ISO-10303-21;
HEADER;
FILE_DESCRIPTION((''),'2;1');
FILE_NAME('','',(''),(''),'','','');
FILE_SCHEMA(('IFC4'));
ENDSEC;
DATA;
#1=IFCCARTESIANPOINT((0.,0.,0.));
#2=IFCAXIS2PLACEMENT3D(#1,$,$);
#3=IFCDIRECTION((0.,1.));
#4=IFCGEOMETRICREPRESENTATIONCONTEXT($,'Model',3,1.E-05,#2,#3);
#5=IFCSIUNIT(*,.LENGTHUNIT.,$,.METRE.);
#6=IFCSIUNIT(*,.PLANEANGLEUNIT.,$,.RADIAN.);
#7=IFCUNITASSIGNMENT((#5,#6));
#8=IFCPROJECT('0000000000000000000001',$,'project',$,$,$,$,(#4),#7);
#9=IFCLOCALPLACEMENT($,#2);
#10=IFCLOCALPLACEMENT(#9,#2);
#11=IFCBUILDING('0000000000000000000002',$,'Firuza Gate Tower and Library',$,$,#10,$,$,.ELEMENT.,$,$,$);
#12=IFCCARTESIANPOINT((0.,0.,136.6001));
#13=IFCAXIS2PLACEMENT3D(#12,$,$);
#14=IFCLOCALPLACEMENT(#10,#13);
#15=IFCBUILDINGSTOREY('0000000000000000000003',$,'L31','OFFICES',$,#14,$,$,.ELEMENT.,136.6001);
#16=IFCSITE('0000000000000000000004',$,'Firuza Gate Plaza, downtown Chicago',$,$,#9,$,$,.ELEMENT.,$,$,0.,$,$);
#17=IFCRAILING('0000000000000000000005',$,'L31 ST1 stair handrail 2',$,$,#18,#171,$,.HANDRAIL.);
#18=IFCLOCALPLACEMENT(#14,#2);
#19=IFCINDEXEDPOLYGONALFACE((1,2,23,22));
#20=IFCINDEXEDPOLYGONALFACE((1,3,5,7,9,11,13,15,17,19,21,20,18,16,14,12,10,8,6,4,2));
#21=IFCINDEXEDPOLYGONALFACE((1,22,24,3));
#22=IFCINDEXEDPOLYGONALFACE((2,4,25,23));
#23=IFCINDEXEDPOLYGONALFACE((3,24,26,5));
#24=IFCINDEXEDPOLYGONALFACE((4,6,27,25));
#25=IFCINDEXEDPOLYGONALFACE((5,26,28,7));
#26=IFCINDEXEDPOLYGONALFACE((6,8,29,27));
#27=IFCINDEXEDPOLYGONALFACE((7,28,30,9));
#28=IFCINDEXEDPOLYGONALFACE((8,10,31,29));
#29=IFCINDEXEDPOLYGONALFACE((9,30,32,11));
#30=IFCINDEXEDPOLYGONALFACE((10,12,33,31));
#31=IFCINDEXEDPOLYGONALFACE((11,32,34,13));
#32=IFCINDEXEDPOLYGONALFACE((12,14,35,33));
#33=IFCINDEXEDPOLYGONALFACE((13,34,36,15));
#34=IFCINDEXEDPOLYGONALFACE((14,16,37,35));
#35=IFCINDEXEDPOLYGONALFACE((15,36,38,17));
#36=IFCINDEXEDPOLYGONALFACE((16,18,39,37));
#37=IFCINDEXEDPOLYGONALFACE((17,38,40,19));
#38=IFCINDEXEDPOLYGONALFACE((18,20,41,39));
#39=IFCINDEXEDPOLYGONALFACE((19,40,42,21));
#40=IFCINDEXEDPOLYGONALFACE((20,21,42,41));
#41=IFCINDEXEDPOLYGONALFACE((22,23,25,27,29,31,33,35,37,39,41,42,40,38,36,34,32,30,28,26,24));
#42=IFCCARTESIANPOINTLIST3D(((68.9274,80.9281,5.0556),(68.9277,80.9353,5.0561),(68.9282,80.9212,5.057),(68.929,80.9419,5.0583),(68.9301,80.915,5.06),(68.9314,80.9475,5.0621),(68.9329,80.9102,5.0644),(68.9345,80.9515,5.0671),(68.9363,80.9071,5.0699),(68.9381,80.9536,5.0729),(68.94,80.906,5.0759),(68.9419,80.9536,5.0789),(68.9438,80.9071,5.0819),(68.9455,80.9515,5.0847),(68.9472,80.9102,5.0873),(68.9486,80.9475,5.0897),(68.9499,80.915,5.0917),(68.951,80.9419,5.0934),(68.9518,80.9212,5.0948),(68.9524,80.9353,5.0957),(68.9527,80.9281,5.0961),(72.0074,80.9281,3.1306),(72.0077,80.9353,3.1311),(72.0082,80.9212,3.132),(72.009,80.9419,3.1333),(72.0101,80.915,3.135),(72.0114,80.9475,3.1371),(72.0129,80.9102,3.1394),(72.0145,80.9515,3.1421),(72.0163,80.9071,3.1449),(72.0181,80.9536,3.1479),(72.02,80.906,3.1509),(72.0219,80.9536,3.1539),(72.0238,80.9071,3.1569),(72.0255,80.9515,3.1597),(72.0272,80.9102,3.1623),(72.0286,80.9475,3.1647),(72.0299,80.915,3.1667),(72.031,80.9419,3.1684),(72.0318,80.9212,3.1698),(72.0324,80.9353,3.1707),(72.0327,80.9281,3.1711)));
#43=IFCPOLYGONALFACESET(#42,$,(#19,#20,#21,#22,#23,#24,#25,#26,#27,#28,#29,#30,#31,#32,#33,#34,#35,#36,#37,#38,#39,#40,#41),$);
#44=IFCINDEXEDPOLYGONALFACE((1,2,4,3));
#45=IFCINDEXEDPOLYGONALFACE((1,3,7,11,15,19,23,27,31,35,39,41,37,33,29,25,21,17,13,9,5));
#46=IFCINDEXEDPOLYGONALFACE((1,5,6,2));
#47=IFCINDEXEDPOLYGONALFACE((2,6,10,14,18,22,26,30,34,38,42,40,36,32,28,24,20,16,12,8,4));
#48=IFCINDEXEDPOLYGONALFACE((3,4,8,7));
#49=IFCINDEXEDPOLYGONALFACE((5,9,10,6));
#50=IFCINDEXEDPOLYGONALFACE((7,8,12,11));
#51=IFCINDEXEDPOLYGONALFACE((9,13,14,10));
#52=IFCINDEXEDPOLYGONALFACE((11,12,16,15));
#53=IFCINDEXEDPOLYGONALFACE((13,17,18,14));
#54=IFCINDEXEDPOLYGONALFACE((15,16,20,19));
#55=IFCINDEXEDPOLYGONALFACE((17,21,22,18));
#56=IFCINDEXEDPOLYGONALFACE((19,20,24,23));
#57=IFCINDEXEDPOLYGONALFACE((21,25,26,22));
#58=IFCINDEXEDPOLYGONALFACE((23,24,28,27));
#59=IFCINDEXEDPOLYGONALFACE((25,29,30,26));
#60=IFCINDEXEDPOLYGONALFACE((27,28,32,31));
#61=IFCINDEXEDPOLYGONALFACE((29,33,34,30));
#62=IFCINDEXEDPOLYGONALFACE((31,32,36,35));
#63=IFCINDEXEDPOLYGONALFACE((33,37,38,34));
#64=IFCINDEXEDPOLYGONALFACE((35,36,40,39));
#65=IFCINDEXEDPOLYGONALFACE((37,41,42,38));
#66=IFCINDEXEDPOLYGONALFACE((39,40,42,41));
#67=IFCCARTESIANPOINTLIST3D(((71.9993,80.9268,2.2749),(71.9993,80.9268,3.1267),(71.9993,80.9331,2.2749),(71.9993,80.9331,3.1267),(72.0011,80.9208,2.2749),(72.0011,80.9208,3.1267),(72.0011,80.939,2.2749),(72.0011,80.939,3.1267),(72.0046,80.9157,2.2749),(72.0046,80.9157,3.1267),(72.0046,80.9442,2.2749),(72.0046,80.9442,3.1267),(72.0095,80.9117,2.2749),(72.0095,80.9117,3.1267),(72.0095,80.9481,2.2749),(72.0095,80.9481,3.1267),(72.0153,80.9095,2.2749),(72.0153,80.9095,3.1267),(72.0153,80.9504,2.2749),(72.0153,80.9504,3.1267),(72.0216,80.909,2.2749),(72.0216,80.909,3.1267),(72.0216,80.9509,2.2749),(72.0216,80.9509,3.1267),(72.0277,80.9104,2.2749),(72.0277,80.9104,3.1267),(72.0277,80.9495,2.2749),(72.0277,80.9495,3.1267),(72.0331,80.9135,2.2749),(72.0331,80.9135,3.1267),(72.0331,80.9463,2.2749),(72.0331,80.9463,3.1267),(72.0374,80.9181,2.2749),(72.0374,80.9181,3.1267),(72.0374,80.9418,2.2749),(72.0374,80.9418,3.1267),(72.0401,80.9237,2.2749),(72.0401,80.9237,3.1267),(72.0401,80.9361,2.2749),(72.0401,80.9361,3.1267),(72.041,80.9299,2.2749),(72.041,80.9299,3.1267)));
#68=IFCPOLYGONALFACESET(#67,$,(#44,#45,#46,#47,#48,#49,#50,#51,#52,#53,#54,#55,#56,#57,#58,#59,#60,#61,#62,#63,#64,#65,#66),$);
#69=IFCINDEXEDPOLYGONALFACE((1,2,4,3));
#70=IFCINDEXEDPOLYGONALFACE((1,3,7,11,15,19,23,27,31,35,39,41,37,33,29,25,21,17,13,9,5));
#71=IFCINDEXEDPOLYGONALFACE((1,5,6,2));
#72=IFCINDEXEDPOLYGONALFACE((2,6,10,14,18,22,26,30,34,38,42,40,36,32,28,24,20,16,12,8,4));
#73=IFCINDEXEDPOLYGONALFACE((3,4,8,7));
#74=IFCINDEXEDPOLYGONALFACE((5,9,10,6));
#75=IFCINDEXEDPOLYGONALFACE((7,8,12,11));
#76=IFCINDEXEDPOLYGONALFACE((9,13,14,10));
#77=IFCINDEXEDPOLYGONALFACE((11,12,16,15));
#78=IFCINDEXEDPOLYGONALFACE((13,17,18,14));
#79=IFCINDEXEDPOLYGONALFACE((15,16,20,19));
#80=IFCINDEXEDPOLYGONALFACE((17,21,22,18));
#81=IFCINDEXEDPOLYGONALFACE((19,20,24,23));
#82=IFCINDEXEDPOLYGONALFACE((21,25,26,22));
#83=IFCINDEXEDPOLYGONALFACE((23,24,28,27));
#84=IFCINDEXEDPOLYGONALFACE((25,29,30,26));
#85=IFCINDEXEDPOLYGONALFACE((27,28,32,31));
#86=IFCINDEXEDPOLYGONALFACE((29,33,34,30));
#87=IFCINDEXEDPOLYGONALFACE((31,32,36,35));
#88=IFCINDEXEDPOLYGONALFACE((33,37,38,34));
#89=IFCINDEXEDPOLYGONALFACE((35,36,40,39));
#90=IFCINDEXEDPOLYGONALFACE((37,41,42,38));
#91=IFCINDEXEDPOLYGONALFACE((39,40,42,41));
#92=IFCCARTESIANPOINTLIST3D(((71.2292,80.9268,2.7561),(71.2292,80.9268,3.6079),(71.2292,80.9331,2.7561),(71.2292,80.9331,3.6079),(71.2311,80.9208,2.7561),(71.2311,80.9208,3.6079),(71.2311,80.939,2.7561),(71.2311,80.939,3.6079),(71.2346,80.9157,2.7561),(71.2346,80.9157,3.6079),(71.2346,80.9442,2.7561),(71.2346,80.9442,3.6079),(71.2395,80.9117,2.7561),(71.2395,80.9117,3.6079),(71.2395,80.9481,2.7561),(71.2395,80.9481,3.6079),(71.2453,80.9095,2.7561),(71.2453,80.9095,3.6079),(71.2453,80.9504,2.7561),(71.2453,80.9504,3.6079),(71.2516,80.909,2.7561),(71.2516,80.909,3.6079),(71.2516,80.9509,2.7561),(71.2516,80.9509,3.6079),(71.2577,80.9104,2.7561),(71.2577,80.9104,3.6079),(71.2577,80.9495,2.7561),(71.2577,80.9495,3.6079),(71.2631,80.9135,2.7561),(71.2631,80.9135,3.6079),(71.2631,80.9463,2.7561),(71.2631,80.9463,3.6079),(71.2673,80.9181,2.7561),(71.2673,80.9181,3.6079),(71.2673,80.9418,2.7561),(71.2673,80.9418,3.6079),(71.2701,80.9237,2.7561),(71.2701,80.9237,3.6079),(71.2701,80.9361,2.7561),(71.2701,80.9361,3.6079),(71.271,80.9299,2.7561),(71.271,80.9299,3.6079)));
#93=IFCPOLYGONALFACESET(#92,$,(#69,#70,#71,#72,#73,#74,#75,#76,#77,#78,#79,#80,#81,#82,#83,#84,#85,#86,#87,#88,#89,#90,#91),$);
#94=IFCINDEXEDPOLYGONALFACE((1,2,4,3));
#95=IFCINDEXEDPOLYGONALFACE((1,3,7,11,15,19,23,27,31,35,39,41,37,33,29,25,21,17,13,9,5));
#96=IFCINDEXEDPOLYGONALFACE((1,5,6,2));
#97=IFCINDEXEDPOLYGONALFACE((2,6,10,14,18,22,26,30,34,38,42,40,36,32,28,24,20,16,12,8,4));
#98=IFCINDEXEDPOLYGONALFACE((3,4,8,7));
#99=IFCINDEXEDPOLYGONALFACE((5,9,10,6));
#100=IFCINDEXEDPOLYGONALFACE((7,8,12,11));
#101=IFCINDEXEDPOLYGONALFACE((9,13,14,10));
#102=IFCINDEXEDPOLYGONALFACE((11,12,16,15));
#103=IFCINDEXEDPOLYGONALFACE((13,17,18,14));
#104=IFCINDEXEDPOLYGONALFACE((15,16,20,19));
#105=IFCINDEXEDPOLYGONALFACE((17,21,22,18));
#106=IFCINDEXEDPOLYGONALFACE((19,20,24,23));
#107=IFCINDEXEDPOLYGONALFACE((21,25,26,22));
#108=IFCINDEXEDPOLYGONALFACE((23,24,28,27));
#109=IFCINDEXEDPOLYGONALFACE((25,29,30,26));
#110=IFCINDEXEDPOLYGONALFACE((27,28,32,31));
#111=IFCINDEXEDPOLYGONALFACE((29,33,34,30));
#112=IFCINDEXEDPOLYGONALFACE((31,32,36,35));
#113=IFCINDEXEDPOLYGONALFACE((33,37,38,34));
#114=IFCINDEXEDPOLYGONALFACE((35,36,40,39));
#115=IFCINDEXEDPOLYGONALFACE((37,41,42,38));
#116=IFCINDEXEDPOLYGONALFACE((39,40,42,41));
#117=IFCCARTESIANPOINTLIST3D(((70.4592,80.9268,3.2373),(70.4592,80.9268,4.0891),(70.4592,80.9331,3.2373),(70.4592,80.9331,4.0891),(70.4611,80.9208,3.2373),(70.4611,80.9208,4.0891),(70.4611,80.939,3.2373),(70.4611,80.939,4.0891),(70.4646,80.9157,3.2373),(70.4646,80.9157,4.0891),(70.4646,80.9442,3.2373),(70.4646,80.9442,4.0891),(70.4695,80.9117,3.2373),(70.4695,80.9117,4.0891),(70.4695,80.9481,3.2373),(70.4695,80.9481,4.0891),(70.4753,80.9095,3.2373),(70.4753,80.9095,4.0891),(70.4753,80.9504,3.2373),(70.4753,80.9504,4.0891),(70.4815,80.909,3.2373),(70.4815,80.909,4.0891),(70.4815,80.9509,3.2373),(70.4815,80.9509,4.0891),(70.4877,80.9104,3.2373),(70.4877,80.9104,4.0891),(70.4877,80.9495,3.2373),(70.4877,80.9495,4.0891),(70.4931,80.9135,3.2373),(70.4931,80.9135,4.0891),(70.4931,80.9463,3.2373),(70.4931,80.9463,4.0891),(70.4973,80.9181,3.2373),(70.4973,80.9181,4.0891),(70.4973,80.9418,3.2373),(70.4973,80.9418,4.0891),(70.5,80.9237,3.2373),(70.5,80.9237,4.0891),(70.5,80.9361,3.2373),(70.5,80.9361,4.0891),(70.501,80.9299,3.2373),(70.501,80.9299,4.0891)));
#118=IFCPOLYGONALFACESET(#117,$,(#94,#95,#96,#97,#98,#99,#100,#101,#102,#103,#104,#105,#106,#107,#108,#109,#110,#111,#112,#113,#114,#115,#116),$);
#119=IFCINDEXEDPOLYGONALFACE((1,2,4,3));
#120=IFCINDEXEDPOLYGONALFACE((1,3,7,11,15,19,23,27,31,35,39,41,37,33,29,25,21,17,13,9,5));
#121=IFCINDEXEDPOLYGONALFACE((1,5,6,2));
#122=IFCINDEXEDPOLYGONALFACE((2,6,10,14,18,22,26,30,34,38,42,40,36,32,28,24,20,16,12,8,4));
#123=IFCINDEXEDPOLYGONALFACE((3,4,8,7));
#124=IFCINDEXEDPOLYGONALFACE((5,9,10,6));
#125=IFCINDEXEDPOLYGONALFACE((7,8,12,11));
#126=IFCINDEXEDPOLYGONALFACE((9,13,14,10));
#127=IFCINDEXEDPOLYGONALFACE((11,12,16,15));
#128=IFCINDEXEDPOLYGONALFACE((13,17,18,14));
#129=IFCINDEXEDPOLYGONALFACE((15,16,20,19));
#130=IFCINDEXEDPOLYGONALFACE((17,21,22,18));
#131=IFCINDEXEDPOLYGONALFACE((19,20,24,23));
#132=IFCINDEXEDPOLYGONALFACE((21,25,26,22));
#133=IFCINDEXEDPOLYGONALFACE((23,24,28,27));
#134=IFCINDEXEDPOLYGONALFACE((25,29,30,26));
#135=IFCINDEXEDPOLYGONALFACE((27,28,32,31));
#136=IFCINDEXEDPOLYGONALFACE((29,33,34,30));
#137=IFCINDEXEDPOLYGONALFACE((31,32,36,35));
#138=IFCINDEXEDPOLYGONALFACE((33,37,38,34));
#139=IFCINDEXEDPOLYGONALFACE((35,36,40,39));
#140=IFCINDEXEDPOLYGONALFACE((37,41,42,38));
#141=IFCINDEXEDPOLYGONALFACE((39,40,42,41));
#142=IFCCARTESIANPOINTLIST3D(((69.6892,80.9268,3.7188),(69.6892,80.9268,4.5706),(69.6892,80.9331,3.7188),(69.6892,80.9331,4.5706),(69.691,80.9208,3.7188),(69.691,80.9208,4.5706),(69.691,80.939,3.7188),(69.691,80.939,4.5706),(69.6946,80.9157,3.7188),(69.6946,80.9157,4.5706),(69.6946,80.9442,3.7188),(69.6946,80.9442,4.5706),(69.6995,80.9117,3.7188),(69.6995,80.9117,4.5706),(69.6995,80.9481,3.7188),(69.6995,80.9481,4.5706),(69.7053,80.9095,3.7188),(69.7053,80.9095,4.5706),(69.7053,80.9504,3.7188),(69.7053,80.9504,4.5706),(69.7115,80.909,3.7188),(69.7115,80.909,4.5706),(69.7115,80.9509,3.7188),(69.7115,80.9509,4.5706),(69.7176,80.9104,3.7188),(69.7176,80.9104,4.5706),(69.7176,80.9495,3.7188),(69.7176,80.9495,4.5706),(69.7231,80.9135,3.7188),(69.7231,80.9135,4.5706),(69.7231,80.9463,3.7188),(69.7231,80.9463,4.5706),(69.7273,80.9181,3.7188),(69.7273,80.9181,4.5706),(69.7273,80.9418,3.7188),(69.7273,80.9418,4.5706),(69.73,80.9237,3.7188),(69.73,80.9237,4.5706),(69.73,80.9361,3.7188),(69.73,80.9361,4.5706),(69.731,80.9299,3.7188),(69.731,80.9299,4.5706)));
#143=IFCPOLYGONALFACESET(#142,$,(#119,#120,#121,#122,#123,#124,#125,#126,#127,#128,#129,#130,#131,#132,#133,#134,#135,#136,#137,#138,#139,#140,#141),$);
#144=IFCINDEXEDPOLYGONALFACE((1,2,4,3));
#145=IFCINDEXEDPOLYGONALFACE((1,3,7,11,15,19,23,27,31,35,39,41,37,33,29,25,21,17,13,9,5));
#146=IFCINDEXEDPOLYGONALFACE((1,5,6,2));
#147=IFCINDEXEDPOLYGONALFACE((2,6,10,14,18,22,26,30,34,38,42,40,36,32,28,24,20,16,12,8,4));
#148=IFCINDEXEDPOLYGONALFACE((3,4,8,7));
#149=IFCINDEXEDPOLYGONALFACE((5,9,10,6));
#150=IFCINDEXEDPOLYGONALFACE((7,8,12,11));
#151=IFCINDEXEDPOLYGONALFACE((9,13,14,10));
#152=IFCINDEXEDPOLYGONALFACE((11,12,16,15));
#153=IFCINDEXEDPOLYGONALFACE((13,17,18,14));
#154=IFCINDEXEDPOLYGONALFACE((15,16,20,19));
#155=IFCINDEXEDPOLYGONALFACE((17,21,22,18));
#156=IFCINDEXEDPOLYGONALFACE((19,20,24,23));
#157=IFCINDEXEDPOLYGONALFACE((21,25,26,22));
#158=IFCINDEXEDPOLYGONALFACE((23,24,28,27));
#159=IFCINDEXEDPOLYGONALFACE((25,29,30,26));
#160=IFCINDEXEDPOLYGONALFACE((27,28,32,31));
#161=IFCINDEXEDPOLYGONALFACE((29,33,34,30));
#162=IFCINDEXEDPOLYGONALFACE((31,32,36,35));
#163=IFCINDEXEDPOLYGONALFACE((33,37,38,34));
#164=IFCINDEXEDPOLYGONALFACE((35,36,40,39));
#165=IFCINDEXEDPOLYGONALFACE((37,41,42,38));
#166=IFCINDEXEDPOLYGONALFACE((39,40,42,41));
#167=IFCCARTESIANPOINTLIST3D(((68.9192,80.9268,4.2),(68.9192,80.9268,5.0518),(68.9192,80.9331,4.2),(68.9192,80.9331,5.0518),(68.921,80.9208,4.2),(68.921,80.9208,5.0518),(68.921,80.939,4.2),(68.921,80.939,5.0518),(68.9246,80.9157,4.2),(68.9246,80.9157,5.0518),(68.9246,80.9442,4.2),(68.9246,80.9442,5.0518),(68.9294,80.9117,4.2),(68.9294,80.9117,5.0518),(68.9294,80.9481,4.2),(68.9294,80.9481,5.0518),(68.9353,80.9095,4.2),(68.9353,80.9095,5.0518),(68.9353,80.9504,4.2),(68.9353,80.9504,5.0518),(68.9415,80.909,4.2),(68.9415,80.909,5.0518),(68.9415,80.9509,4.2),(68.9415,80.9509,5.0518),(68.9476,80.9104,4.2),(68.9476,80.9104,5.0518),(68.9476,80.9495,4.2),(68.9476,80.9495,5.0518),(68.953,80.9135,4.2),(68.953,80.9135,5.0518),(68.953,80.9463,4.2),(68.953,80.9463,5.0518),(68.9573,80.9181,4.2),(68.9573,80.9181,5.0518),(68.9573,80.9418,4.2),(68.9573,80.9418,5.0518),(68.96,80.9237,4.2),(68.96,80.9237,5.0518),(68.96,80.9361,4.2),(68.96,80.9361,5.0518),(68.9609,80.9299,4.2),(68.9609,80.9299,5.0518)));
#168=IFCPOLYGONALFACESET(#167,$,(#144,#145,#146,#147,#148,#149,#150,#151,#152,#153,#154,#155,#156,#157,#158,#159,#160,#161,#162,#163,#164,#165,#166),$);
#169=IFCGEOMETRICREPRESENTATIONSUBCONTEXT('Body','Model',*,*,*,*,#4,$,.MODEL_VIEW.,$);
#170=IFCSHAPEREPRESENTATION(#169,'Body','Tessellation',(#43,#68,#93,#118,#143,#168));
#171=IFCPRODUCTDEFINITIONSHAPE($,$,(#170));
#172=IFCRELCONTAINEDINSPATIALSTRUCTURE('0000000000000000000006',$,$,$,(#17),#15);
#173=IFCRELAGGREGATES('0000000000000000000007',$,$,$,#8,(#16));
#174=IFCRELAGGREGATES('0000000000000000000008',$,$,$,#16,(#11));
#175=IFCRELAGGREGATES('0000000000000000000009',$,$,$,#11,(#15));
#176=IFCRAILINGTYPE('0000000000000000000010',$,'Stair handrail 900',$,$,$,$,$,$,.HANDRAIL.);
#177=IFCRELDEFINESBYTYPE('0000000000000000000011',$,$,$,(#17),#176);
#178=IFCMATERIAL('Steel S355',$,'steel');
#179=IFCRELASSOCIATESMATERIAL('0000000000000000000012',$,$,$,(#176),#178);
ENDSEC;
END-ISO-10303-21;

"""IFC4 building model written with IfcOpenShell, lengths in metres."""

from ifc_helpers import new_model, si_unit, direction, frame, origin, origin_2d, place, context, subcontext, project, spatial, circle, extrude, material, type_object, element, save


model = new_model("IFC4")

# Units and contexts
model_context = context("Model", 3, precision=1e-05, world=origin(), true_north=direction((0.0, 1.0)))
body_context = subcontext(model_context, "Body", "Model", "MODEL_VIEW")
ifc_project = project(units=[si_unit("LENGTHUNIT", "METRE"), si_unit("PLANEANGLEUNIT", "RADIAN")], contexts=[model_context])

# Site, building, storey
site_placement = place(None, origin())
site = spatial("IfcSite", under=ifc_project, at=site_placement, Name="Firuza Gate Plaza, downtown Chicago", CompositionType="ELEMENT", RefElevation=0.0)
building_placement = place(site_placement, origin())
building = spatial("IfcBuilding", under=site, at=building_placement, Name="Firuza Gate Tower and Library", CompositionType="ELEMENT")
storey_placement = place(building_placement, frame((0.0, 0.0, 136.6001)))
storey = spatial("IfcBuildingStorey", under=building, at=storey_placement, Name="L31", Description="OFFICES", CompositionType="ELEMENT", Elevation=136.6001)

# Railing
ifc_material_1 = material(Name="Steel S355", Category="steel")
railing_type_1 = type_object("IfcRailingType", Name="Stair handrail 900", PredefinedType="HANDRAIL", material=ifc_material_1)
railing_1_placement = place(storey_placement, frame((72.02, 80.9299, 2.2749)))
element("IfcRailing", 1, at=railing_1_placement, inside=storey, type_object=railing_type_1, Name="L31 ST1 stair handrail 2", PredefinedType="HANDRAIL", context=body_context, shape_type="SweptSolid", body=[
    extrude(circle(Radius=0.0239, at=origin_2d()), frame((0.0, 0.0, 0.876), z_axis=(-0.847998, 0.0, 0.529999), x_axis=(0.0, -1.0, 0.0)), (0.0, 0.0, 1.0), 3.6321),
    extrude(circle(Radius=0.021, at=origin_2d()), origin(), (0.0, 0.0, 1.0), 0.8518),
    extrude(circle(Radius=0.021, at=origin_2d()), frame((-0.77, 0.0, 0.4812)), (0.0, 0.0, 1.0), 0.8518),
    extrude(circle(Radius=0.021, at=origin_2d()), frame((-1.54, 0.0, 0.9624)), (0.0, 0.0, 1.0), 0.8518),
    extrude(circle(Radius=0.021, at=origin_2d()), frame((-2.3101, 0.0, 1.4438)), (0.0, 0.0, 1.0), 0.8518),
    extrude(circle(Radius=0.021, at=origin_2d()), frame((-3.0801, 0.0, 1.925)), (0.0, 0.0, 1.0), 0.8518),
])

save(model, "model.ifc")
